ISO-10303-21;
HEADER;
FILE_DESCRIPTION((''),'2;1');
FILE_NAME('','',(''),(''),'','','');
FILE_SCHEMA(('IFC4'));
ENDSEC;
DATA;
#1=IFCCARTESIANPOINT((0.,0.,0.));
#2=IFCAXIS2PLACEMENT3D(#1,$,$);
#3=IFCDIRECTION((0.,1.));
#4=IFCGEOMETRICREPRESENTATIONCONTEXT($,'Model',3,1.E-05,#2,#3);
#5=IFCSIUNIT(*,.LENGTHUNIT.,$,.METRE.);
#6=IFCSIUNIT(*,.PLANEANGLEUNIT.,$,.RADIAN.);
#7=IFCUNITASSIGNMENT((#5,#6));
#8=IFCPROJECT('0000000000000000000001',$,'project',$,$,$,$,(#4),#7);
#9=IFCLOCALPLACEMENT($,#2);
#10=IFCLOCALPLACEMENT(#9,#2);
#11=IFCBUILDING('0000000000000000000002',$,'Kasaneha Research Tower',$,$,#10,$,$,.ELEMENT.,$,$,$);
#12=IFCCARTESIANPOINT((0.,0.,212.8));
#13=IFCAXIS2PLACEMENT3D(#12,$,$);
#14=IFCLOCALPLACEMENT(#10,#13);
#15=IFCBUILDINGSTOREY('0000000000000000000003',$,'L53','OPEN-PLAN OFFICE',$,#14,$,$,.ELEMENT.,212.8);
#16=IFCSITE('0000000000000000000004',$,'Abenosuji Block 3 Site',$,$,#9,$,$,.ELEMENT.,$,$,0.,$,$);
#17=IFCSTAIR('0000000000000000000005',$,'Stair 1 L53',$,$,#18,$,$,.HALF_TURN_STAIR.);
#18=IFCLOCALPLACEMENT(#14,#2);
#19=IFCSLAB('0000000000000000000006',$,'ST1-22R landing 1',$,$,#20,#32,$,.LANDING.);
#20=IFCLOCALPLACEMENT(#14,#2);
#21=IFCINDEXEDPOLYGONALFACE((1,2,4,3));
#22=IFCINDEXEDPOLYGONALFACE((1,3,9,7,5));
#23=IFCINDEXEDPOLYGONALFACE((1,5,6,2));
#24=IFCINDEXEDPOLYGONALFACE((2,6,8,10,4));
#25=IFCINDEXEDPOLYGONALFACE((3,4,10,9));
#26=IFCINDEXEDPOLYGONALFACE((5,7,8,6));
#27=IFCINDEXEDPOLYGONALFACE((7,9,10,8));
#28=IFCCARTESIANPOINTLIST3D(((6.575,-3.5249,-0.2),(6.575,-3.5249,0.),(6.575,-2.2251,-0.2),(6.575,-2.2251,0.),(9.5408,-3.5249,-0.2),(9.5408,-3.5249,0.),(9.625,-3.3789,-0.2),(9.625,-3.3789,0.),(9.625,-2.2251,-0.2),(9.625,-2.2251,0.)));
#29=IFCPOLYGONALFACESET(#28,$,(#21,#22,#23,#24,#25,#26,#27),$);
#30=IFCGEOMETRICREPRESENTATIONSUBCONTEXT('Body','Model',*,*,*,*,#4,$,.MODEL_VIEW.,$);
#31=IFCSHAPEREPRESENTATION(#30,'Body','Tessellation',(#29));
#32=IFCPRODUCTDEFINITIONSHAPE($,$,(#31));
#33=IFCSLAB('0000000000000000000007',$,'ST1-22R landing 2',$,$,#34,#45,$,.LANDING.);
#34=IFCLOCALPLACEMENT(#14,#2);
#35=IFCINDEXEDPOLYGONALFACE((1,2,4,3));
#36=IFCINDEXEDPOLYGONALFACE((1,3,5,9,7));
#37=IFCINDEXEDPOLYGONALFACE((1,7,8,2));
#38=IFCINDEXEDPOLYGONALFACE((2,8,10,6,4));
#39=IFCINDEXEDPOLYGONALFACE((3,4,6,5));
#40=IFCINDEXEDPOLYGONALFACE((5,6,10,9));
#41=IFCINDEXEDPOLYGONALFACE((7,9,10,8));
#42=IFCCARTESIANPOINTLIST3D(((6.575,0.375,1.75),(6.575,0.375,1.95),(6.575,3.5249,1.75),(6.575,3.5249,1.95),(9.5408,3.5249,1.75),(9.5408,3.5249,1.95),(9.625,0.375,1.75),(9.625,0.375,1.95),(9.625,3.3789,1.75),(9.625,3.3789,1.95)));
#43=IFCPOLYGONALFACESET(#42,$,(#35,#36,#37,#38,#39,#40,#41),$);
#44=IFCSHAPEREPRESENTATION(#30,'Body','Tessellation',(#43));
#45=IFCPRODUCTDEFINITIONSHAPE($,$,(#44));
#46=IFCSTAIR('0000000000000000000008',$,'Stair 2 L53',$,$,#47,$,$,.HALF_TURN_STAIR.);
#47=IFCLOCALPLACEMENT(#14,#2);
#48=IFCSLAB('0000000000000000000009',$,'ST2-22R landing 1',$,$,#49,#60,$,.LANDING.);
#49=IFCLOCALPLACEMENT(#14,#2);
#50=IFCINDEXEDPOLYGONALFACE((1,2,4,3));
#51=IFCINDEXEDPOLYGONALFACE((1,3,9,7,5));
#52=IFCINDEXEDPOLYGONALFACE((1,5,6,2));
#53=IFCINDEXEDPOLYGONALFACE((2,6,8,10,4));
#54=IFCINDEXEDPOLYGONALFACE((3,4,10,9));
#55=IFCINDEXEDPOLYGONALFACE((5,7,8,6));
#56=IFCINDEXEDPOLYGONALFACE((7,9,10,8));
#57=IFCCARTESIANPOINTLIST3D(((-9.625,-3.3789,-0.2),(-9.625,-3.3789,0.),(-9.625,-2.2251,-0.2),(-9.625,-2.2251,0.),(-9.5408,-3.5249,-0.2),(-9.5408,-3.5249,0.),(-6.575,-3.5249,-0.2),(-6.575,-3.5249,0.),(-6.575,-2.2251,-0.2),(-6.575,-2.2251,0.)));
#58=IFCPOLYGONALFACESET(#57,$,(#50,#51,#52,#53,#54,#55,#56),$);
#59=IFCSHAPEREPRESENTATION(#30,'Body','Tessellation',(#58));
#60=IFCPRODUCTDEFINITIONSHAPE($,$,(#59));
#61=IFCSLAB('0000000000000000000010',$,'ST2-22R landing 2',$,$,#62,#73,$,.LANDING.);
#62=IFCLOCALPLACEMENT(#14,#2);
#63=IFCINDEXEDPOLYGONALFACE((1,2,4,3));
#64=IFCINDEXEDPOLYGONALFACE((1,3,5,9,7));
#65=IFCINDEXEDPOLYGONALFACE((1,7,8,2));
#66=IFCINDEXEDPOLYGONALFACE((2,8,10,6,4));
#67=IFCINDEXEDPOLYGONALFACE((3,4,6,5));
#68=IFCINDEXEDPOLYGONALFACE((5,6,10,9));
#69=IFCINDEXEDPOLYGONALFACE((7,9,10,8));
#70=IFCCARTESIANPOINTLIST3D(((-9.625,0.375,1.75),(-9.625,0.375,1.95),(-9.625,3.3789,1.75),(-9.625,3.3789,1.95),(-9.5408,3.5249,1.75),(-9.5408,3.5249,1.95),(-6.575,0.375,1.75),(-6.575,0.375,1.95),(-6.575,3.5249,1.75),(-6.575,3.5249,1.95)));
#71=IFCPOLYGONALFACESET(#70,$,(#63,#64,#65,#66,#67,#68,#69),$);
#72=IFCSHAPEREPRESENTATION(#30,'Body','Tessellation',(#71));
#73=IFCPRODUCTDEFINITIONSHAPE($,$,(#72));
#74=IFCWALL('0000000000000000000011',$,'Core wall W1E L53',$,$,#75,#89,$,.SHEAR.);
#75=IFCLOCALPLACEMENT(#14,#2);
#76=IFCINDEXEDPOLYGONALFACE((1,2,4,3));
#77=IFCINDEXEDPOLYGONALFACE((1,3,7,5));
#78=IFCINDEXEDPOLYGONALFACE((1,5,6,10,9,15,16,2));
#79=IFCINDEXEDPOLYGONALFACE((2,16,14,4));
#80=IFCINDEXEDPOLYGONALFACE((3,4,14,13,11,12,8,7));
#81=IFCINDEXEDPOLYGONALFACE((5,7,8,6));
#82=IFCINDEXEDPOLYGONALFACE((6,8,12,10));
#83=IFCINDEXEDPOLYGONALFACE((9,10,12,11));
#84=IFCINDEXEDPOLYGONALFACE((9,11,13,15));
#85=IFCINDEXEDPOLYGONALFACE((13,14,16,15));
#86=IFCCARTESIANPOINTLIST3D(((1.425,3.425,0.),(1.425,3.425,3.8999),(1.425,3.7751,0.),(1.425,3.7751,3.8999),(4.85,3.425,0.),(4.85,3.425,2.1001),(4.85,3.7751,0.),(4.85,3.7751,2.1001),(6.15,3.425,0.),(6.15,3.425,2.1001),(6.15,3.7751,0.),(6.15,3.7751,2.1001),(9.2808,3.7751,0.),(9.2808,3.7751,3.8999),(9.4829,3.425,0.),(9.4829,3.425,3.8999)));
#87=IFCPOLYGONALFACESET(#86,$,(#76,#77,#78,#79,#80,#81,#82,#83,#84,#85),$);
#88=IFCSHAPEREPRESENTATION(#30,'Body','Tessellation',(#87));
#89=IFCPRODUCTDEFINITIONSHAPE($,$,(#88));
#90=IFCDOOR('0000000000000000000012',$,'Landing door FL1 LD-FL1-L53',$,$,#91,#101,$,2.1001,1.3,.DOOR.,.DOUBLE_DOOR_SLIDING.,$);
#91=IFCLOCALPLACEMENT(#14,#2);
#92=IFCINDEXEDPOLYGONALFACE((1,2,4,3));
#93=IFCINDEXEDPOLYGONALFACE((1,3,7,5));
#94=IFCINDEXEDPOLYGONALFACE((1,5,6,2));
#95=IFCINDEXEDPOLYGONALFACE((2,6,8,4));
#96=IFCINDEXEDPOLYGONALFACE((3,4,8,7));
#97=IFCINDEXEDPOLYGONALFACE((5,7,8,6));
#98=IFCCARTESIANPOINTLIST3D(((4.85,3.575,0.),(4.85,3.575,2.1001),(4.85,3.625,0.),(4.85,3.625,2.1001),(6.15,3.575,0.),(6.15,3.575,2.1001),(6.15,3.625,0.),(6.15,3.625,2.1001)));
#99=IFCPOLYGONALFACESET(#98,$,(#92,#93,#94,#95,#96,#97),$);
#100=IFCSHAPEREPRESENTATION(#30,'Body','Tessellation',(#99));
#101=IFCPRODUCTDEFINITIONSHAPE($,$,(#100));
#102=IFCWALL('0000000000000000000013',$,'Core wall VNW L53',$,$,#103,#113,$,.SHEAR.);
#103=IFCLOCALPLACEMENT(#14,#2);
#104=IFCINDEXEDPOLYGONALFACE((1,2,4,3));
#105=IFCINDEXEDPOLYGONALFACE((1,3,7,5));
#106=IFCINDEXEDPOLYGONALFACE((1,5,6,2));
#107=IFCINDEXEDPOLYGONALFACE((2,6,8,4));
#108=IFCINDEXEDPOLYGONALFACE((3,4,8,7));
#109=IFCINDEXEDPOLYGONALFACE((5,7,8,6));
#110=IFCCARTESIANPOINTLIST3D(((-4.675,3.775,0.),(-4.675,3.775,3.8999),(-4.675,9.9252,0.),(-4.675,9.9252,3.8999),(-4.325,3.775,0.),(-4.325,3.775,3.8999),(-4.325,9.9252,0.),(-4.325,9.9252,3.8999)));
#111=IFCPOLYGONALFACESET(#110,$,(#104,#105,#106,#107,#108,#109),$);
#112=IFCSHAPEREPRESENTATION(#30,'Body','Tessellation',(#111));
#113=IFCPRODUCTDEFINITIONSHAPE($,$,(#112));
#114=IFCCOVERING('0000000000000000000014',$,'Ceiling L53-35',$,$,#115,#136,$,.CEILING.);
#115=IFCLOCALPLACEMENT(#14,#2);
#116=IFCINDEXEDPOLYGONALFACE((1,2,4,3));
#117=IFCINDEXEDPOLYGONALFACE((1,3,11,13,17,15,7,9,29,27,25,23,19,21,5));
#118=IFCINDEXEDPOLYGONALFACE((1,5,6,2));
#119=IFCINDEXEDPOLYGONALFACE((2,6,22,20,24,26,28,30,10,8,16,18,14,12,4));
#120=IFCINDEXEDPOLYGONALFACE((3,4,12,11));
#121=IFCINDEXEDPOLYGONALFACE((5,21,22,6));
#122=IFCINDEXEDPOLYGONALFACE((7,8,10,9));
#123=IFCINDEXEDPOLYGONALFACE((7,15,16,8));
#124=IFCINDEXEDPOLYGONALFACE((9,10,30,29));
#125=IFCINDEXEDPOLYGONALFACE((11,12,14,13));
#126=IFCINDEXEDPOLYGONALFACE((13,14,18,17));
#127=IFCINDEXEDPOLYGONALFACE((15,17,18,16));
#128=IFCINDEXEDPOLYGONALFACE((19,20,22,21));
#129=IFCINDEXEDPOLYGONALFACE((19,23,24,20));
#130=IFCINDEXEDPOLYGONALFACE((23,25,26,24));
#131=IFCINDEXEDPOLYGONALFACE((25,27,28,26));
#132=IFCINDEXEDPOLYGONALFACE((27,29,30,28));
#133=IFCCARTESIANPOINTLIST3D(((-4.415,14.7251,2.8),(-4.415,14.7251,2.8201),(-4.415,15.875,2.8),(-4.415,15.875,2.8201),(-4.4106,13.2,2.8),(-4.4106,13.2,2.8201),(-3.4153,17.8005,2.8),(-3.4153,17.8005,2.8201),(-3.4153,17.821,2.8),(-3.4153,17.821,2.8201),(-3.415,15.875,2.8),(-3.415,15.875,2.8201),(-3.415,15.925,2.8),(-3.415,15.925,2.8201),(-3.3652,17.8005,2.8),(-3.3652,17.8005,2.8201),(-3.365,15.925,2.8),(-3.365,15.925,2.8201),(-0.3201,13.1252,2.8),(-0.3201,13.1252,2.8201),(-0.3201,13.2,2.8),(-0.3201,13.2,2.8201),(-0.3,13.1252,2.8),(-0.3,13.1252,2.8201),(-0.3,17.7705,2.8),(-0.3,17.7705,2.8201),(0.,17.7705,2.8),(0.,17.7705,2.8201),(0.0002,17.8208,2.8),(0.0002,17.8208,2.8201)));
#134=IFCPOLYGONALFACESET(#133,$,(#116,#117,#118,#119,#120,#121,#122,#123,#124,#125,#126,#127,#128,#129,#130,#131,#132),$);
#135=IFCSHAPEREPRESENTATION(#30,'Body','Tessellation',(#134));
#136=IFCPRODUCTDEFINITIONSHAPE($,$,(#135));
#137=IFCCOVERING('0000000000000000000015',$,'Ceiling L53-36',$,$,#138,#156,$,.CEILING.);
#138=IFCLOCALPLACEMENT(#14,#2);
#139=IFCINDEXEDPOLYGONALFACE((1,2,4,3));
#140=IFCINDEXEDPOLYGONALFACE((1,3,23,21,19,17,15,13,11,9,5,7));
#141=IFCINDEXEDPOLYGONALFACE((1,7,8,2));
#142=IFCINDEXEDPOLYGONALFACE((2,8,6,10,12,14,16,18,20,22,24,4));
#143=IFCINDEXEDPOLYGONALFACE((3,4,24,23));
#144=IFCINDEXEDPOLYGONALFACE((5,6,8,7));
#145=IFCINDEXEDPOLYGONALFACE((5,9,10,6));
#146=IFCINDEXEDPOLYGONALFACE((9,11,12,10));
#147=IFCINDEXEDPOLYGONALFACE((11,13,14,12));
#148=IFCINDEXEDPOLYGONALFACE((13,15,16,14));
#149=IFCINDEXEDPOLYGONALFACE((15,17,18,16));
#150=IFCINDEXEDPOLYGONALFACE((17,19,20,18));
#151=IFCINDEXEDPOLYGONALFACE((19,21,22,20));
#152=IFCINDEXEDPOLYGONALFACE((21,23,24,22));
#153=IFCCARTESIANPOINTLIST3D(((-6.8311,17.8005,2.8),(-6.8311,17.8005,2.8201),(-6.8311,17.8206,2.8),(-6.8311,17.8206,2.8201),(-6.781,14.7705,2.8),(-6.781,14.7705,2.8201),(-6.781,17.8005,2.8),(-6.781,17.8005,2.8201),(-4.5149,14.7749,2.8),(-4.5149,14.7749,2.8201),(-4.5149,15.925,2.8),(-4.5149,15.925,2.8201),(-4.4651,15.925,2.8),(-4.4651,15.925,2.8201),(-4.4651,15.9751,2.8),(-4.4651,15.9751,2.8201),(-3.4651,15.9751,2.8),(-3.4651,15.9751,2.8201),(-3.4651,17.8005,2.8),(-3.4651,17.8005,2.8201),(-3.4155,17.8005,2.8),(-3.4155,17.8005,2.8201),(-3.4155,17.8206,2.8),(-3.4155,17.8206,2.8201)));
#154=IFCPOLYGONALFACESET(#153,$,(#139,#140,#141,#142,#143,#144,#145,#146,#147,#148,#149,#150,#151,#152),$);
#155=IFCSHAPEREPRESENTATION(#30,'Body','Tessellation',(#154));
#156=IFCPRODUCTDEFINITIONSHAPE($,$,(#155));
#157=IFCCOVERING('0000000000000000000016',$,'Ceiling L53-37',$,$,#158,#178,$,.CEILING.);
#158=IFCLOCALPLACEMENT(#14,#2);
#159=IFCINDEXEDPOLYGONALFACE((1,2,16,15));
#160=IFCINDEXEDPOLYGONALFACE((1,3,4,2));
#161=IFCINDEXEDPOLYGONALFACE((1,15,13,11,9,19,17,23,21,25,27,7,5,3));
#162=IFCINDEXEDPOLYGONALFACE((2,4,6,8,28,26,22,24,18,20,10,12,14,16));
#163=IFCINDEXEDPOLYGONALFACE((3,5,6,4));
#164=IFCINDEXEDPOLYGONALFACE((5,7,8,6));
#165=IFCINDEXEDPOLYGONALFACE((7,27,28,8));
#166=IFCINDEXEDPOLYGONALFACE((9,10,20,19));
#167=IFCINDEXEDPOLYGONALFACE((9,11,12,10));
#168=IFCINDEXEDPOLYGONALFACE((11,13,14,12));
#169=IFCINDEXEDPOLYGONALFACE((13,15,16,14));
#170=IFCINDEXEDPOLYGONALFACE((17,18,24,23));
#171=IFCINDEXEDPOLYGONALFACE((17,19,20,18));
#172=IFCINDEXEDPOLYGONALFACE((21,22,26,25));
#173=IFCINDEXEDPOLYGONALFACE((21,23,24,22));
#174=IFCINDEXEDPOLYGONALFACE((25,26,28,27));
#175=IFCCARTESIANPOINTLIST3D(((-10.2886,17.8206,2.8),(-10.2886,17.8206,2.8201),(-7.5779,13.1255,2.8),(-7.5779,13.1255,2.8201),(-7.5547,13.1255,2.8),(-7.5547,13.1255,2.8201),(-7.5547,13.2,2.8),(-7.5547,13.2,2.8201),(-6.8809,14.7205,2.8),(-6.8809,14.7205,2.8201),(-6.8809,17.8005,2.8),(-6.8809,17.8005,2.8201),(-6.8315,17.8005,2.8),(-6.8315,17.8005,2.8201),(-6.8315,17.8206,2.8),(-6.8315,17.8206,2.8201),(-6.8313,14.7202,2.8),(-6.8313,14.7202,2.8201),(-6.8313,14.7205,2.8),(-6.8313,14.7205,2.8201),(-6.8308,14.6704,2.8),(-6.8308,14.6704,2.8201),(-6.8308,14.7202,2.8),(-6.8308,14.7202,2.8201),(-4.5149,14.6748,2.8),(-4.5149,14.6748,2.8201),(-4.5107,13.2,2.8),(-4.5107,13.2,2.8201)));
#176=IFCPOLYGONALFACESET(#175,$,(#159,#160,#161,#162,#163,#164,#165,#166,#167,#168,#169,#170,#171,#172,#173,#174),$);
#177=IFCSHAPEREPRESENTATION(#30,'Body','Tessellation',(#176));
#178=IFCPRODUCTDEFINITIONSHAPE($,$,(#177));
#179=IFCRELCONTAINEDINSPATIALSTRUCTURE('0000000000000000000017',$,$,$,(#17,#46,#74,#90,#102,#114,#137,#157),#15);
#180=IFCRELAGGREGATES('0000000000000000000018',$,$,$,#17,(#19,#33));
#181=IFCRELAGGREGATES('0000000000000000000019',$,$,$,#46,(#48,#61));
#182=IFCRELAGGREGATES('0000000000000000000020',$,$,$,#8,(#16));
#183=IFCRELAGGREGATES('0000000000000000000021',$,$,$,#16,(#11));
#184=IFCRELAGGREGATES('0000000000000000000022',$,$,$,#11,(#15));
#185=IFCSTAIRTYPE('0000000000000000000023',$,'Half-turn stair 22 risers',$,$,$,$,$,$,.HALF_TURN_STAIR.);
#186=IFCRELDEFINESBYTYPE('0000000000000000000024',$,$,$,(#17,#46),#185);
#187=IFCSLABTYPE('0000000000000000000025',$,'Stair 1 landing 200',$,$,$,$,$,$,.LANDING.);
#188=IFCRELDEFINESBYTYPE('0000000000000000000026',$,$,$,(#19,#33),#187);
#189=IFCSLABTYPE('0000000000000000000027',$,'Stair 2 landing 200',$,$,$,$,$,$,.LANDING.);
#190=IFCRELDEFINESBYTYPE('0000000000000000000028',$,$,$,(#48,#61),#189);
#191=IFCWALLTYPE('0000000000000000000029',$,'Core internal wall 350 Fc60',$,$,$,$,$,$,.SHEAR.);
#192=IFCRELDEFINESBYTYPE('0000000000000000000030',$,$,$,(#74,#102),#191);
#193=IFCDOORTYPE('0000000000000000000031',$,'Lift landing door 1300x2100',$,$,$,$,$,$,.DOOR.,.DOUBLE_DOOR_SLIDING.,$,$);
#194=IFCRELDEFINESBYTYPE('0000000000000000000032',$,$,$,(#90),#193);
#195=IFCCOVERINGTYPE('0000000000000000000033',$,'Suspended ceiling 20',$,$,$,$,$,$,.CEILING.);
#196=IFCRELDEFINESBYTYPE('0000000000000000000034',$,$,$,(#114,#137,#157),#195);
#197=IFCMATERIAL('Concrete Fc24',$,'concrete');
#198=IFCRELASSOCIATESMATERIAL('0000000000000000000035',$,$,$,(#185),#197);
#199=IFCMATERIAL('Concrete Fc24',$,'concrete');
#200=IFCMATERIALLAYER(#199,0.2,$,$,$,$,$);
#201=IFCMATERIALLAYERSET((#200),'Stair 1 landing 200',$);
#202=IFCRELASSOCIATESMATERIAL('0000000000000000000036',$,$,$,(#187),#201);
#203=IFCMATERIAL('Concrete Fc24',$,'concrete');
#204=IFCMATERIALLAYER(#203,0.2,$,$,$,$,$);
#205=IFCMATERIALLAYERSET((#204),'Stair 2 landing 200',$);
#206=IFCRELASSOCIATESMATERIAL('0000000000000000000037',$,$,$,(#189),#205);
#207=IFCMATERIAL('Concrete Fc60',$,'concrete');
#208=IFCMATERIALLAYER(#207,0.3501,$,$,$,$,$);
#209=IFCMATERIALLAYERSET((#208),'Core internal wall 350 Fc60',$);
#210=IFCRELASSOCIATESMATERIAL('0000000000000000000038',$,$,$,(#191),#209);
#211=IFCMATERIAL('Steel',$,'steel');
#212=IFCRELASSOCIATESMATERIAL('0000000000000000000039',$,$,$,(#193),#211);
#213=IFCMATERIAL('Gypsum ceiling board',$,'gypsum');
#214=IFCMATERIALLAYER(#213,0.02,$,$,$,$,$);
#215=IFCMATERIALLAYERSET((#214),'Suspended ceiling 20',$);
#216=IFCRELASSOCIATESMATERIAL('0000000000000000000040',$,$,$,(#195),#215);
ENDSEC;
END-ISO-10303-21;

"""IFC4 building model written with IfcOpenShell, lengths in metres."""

from ifc_helpers import new_model, si_unit, direction, frame, frame_2d, origin, place, context, subcontext, project, spatial, polyline, rectangle, outline, extrude, material, layer, layer_set, type_object, element, fill, aggregate, save


model = new_model("IFC4")

# Units and contexts
model_context = context("Model", 3, precision=1e-05, world=origin(), true_north=direction((0.0, 1.0)))
body_context = subcontext(model_context, "Body", "Model", "MODEL_VIEW")
ifc_project = project(units=[si_unit("LENGTHUNIT", "METRE"), si_unit("PLANEANGLEUNIT", "RADIAN")], contexts=[model_context])

# Site, building, storey
site_placement = place(None, origin())
site = spatial("IfcSite", under=ifc_project, at=site_placement, Name="Abenosuji Block 3 Site", CompositionType="ELEMENT", RefElevation=0.0)
building_placement = place(site_placement, origin())
building = spatial("IfcBuilding", under=site, at=building_placement, Name="Kasaneha Research Tower", CompositionType="ELEMENT")
storey_placement = place(building_placement, frame((0.0, 0.0, 212.8)))
storey = spatial("IfcBuildingStorey", under=building, at=storey_placement, Name="L53", Description="OPEN-PLAN OFFICE", CompositionType="ELEMENT", Elevation=212.8)

# Stairs, slabs
ifc_material_1 = material(Name="Concrete Fc24", Category="concrete")
stair_type = type_object("IfcStairType", Name="Half-turn stair 22 risers", PredefinedType="HALF_TURN_STAIR", material=ifc_material_1)
stair_1_placement = place(storey_placement, origin())
stair_1 = element("IfcStair", 1, at=stair_1_placement, inside=storey, type_object=stair_type, Name="Stair 1 L53", PredefinedType="HALF_TURN_STAIR")
ifc_material_2 = material(Name="Concrete Fc24", Category="concrete")
ifc_layer_1 = layer(ifc_material_2, 0.2)
ifc_layer_set_1 = layer_set([ifc_layer_1], Name="Stair 1 landing 200")
slab_type_1 = type_object("IfcSlabType", Name="Stair 1 landing 200", PredefinedType="LANDING", material=ifc_layer_set_1)
slab_1_placement = place(storey_placement, frame((0.0, 0.0, -0.2)))
slab_1 = element("IfcSlab", 2, at=slab_1_placement, type_object=slab_type_1, Name="ST1-22R landing 1", PredefinedType="LANDING", context=body_context, shape_type="SweptSolid", body=[
    extrude(outline(polyline([(9.5408, -3.5249), (6.575, -3.5249), (6.575, -2.2251), (9.625, -2.2251), (9.625, -3.3789), (9.5408, -3.5249)])), origin(), (0.0, 0.0, 1.0), 0.2),
])
slab_2_placement = place(storey_placement, frame((0.0, 0.0, 1.75)))
slab_2 = element("IfcSlab", 3, at=slab_2_placement, type_object=slab_type_1, Name="ST1-22R landing 2", PredefinedType="LANDING", context=body_context, shape_type="SweptSolid", body=[
    extrude(outline(polyline([(6.575, 3.5249), (9.5408, 3.5249), (9.625, 3.3789), (9.625, 0.375), (6.575, 0.375), (6.575, 3.5249)])), origin(), (0.0, 0.0, 1.0), 0.2),
])
aggregate(stair_1, [slab_1, slab_2])
stair_2_placement = place(storey_placement, origin())
stair_2 = element("IfcStair", 4, at=stair_2_placement, inside=storey, type_object=stair_type, Name="Stair 2 L53", PredefinedType="HALF_TURN_STAIR")
ifc_material_3 = material(Name="Concrete Fc24", Category="concrete")
ifc_layer_2 = layer(ifc_material_3, 0.2)
ifc_layer_set_2 = layer_set([ifc_layer_2], Name="Stair 2 landing 200")
slab_type_2 = type_object("IfcSlabType", Name="Stair 2 landing 200", PredefinedType="LANDING", material=ifc_layer_set_2)
slab_3_placement = place(storey_placement, frame((0.0, 0.0, -0.2)))
slab_3 = element("IfcSlab", 5, at=slab_3_placement, type_object=slab_type_2, Name="ST2-22R landing 1", PredefinedType="LANDING", context=body_context, shape_type="SweptSolid", body=[
    extrude(outline(polyline([(-6.575, -3.5249), (-9.5408, -3.5249), (-9.625, -3.3789), (-9.625, -2.2251), (-6.575, -2.2251), (-6.575, -3.5249)])), origin(), (0.0, 0.0, 1.0), 0.2),
])
slab_4_placement = place(storey_placement, frame((0.0, 0.0, 1.75)))
slab_4 = element("IfcSlab", 6, at=slab_4_placement, type_object=slab_type_2, Name="ST2-22R landing 2", PredefinedType="LANDING", context=body_context, shape_type="SweptSolid", body=[
    extrude(outline(polyline([(-6.575, 0.375), (-9.625, 0.375), (-9.625, 3.3789), (-9.5408, 3.5249), (-6.575, 3.5249), (-6.575, 0.375)])), origin(), (0.0, 0.0, 1.0), 0.2),
])
aggregate(stair_2, [slab_3, slab_4])

# Wall, opening, door
ifc_material_4 = material(Name="Concrete Fc60", Category="concrete")
ifc_layer_3 = layer(ifc_material_4, 0.3501)
ifc_layer_set_3 = layer_set([ifc_layer_3], Name="Core internal wall 350 Fc60")
wall_type = type_object("IfcWallType", Name="Core internal wall 350 Fc60", PredefinedType="SHEAR", material=ifc_layer_set_3)
wall_1_placement = place(storey_placement, frame((1.425, 3.6001, 0.0), z_axis=(0.0, 0.0, 1.0), x_axis=(1.0, 0.0, 0.0)))
wall_1 = element("IfcWall", 7, at=wall_1_placement, inside=storey, type_object=wall_type, Name="Core wall W1E L53", PredefinedType="SHEAR", context=body_context, shape_type="SweptSolid", body=[
    extrude(outline(polyline([(0.0, -0.175), (3.425, -0.175), (4.7251, -0.175), (8.0579, -0.175), (7.8557, 0.175), (4.7251, 0.175), (3.425, 0.175), (0.0, 0.175), (0.0, -0.175)])), origin(), (0.0, 0.0, 1.0), 3.8999),
])
opening_placement = place(wall_1_placement, frame((3.425, 0.0, 0.0)))
opening = element("IfcOpeningElement", 8, at=opening_placement, cuts=wall_1, PredefinedType="OPENING", context=body_context, shape_type="SweptSolid", body=[
    extrude(rectangle(XDim=1.3, YDim=2.1001, at=frame_2d((0.6499, 1.05))), frame((0.0, 0.1851, 0.0), z_axis=(0.0, -1.0, 0.0), x_axis=(1.0, 0.0, 0.0)), (0.0, 0.0, 1.0), 0.3701),
])
ifc_material_5 = material(Name="Steel", Category="steel")
door_type = type_object("IfcDoorType", Name="Lift landing door 1300x2100", OperationType="DOUBLE_DOOR_SLIDING", PredefinedType="DOOR", material=ifc_material_5)
door_placement = place(opening_placement, origin())
door = element("IfcDoor", 9, at=door_placement, inside=storey, type_object=door_type, Name="Landing door FL1 LD-FL1-L53", OperationType="DOUBLE_DOOR_SLIDING", OverallHeight=2.1001, OverallWidth=1.3, PredefinedType="DOOR", context=body_context, shape_type="SweptSolid", body=[
    extrude(rectangle(XDim=1.3, YDim=2.1001, at=frame_2d((0.6499, 1.05))), frame((0.0, 0.0249, 0.0), z_axis=(0.0, -1.0, 0.0), x_axis=(1.0, 0.0, 0.0)), (0.0, 0.0, 1.0), 0.05),
])
fill(opening, door)

# Wall
wall_2_placement = place(storey_placement, frame((-4.5, 3.7749, 0.0), z_axis=(0.0, 0.0, 1.0), x_axis=(0.0, 1.0, 0.0)))
element("IfcWall", 10, at=wall_2_placement, inside=storey, type_object=wall_type, Name="Core wall VNW L53", PredefinedType="SHEAR", context=body_context, shape_type="SweptSolid", body=[
    extrude(rectangle(XDim=6.1501, YDim=0.3501, at=frame_2d((3.0752, 0.0))), origin(), (0.0, 0.0, 1.0), 3.8999),
])

# Coverings
ifc_material_6 = material(Name="Gypsum ceiling board", Category="gypsum")
ifc_layer_4 = layer(ifc_material_6, 0.02)
ifc_layer_set_4 = layer_set([ifc_layer_4], Name="Suspended ceiling 20")
covering_type_1 = type_object("IfcCoveringType", Name="Suspended ceiling 20", PredefinedType="CEILING", material=ifc_layer_set_4)
covering_1_placement = place(storey_placement, frame((0.0, 0.0, 2.8)))
element("IfcCovering", 11, at=covering_1_placement, inside=storey, type_object=covering_type_1, Name="Ceiling L53-35", PredefinedType="CEILING", context=body_context, shape_type="SweptSolid", body=[
    extrude(outline(polyline([(0.0002, 17.8208), (0.0, 17.7705), (-0.3, 17.7705), (-0.3, 13.1252), (-0.3201, 13.1252), (-0.3201, 13.2), (-4.4106, 13.2), (-4.415, 14.7251), (-4.415, 15.875), (-3.415, 15.875), (-3.415, 15.925), (-3.415, 15.925), (-3.415, 15.925), (-3.365, 15.925), (-3.3652, 17.8005), (-3.4153, 17.8005), (-3.4153, 17.821), (0.0002, 17.8208)])), origin(), (0.0, 0.0, 1.0), 0.02),
])
covering_2_placement = place(storey_placement, frame((0.0, 0.0, 2.8)))
element("IfcCovering", 12, at=covering_2_placement, inside=storey, type_object=covering_type_1, Name="Ceiling L53-36", PredefinedType="CEILING", context=body_context, shape_type="SweptSolid", body=[
    extrude(outline(polyline([(-3.4155, 17.8206), (-3.4155, 17.8005), (-3.4651, 17.8005), (-3.4651, 15.9751), (-4.4651, 15.9751), (-4.4651, 15.925), (-4.5149, 15.925), (-4.5149, 14.7749), (-6.781, 14.7705), (-6.781, 17.8005), (-6.8311, 17.8005), (-6.8311, 17.8206), (-3.4155, 17.8206)])), origin(), (0.0, 0.0, 1.0), 0.02),
])
covering_3_placement = place(storey_placement, frame((0.0, 0.0, 2.8)))
element("IfcCovering", 13, at=covering_3_placement, inside=storey, type_object=covering_type_1, Name="Ceiling L53-37", PredefinedType="CEILING", context=body_context, shape_type="SweptSolid", body=[
    extrude(outline(polyline([(-6.8315, 17.8005), (-6.8809, 17.8005), (-6.8809, 14.7205), (-6.8313, 14.7205), (-6.8313, 14.7202), (-6.8308, 14.7202), (-6.8308, 14.6704), (-4.5149, 14.6748), (-4.5107, 13.2), (-7.5547, 13.2), (-7.5547, 13.1255), (-7.5779, 13.1255), (-10.2886, 17.8206), (-6.8315, 17.8206), (-6.8315, 17.8005)])), origin(), (0.0, 0.0, 1.0), 0.02),
])

save(model, "model.ifc")
